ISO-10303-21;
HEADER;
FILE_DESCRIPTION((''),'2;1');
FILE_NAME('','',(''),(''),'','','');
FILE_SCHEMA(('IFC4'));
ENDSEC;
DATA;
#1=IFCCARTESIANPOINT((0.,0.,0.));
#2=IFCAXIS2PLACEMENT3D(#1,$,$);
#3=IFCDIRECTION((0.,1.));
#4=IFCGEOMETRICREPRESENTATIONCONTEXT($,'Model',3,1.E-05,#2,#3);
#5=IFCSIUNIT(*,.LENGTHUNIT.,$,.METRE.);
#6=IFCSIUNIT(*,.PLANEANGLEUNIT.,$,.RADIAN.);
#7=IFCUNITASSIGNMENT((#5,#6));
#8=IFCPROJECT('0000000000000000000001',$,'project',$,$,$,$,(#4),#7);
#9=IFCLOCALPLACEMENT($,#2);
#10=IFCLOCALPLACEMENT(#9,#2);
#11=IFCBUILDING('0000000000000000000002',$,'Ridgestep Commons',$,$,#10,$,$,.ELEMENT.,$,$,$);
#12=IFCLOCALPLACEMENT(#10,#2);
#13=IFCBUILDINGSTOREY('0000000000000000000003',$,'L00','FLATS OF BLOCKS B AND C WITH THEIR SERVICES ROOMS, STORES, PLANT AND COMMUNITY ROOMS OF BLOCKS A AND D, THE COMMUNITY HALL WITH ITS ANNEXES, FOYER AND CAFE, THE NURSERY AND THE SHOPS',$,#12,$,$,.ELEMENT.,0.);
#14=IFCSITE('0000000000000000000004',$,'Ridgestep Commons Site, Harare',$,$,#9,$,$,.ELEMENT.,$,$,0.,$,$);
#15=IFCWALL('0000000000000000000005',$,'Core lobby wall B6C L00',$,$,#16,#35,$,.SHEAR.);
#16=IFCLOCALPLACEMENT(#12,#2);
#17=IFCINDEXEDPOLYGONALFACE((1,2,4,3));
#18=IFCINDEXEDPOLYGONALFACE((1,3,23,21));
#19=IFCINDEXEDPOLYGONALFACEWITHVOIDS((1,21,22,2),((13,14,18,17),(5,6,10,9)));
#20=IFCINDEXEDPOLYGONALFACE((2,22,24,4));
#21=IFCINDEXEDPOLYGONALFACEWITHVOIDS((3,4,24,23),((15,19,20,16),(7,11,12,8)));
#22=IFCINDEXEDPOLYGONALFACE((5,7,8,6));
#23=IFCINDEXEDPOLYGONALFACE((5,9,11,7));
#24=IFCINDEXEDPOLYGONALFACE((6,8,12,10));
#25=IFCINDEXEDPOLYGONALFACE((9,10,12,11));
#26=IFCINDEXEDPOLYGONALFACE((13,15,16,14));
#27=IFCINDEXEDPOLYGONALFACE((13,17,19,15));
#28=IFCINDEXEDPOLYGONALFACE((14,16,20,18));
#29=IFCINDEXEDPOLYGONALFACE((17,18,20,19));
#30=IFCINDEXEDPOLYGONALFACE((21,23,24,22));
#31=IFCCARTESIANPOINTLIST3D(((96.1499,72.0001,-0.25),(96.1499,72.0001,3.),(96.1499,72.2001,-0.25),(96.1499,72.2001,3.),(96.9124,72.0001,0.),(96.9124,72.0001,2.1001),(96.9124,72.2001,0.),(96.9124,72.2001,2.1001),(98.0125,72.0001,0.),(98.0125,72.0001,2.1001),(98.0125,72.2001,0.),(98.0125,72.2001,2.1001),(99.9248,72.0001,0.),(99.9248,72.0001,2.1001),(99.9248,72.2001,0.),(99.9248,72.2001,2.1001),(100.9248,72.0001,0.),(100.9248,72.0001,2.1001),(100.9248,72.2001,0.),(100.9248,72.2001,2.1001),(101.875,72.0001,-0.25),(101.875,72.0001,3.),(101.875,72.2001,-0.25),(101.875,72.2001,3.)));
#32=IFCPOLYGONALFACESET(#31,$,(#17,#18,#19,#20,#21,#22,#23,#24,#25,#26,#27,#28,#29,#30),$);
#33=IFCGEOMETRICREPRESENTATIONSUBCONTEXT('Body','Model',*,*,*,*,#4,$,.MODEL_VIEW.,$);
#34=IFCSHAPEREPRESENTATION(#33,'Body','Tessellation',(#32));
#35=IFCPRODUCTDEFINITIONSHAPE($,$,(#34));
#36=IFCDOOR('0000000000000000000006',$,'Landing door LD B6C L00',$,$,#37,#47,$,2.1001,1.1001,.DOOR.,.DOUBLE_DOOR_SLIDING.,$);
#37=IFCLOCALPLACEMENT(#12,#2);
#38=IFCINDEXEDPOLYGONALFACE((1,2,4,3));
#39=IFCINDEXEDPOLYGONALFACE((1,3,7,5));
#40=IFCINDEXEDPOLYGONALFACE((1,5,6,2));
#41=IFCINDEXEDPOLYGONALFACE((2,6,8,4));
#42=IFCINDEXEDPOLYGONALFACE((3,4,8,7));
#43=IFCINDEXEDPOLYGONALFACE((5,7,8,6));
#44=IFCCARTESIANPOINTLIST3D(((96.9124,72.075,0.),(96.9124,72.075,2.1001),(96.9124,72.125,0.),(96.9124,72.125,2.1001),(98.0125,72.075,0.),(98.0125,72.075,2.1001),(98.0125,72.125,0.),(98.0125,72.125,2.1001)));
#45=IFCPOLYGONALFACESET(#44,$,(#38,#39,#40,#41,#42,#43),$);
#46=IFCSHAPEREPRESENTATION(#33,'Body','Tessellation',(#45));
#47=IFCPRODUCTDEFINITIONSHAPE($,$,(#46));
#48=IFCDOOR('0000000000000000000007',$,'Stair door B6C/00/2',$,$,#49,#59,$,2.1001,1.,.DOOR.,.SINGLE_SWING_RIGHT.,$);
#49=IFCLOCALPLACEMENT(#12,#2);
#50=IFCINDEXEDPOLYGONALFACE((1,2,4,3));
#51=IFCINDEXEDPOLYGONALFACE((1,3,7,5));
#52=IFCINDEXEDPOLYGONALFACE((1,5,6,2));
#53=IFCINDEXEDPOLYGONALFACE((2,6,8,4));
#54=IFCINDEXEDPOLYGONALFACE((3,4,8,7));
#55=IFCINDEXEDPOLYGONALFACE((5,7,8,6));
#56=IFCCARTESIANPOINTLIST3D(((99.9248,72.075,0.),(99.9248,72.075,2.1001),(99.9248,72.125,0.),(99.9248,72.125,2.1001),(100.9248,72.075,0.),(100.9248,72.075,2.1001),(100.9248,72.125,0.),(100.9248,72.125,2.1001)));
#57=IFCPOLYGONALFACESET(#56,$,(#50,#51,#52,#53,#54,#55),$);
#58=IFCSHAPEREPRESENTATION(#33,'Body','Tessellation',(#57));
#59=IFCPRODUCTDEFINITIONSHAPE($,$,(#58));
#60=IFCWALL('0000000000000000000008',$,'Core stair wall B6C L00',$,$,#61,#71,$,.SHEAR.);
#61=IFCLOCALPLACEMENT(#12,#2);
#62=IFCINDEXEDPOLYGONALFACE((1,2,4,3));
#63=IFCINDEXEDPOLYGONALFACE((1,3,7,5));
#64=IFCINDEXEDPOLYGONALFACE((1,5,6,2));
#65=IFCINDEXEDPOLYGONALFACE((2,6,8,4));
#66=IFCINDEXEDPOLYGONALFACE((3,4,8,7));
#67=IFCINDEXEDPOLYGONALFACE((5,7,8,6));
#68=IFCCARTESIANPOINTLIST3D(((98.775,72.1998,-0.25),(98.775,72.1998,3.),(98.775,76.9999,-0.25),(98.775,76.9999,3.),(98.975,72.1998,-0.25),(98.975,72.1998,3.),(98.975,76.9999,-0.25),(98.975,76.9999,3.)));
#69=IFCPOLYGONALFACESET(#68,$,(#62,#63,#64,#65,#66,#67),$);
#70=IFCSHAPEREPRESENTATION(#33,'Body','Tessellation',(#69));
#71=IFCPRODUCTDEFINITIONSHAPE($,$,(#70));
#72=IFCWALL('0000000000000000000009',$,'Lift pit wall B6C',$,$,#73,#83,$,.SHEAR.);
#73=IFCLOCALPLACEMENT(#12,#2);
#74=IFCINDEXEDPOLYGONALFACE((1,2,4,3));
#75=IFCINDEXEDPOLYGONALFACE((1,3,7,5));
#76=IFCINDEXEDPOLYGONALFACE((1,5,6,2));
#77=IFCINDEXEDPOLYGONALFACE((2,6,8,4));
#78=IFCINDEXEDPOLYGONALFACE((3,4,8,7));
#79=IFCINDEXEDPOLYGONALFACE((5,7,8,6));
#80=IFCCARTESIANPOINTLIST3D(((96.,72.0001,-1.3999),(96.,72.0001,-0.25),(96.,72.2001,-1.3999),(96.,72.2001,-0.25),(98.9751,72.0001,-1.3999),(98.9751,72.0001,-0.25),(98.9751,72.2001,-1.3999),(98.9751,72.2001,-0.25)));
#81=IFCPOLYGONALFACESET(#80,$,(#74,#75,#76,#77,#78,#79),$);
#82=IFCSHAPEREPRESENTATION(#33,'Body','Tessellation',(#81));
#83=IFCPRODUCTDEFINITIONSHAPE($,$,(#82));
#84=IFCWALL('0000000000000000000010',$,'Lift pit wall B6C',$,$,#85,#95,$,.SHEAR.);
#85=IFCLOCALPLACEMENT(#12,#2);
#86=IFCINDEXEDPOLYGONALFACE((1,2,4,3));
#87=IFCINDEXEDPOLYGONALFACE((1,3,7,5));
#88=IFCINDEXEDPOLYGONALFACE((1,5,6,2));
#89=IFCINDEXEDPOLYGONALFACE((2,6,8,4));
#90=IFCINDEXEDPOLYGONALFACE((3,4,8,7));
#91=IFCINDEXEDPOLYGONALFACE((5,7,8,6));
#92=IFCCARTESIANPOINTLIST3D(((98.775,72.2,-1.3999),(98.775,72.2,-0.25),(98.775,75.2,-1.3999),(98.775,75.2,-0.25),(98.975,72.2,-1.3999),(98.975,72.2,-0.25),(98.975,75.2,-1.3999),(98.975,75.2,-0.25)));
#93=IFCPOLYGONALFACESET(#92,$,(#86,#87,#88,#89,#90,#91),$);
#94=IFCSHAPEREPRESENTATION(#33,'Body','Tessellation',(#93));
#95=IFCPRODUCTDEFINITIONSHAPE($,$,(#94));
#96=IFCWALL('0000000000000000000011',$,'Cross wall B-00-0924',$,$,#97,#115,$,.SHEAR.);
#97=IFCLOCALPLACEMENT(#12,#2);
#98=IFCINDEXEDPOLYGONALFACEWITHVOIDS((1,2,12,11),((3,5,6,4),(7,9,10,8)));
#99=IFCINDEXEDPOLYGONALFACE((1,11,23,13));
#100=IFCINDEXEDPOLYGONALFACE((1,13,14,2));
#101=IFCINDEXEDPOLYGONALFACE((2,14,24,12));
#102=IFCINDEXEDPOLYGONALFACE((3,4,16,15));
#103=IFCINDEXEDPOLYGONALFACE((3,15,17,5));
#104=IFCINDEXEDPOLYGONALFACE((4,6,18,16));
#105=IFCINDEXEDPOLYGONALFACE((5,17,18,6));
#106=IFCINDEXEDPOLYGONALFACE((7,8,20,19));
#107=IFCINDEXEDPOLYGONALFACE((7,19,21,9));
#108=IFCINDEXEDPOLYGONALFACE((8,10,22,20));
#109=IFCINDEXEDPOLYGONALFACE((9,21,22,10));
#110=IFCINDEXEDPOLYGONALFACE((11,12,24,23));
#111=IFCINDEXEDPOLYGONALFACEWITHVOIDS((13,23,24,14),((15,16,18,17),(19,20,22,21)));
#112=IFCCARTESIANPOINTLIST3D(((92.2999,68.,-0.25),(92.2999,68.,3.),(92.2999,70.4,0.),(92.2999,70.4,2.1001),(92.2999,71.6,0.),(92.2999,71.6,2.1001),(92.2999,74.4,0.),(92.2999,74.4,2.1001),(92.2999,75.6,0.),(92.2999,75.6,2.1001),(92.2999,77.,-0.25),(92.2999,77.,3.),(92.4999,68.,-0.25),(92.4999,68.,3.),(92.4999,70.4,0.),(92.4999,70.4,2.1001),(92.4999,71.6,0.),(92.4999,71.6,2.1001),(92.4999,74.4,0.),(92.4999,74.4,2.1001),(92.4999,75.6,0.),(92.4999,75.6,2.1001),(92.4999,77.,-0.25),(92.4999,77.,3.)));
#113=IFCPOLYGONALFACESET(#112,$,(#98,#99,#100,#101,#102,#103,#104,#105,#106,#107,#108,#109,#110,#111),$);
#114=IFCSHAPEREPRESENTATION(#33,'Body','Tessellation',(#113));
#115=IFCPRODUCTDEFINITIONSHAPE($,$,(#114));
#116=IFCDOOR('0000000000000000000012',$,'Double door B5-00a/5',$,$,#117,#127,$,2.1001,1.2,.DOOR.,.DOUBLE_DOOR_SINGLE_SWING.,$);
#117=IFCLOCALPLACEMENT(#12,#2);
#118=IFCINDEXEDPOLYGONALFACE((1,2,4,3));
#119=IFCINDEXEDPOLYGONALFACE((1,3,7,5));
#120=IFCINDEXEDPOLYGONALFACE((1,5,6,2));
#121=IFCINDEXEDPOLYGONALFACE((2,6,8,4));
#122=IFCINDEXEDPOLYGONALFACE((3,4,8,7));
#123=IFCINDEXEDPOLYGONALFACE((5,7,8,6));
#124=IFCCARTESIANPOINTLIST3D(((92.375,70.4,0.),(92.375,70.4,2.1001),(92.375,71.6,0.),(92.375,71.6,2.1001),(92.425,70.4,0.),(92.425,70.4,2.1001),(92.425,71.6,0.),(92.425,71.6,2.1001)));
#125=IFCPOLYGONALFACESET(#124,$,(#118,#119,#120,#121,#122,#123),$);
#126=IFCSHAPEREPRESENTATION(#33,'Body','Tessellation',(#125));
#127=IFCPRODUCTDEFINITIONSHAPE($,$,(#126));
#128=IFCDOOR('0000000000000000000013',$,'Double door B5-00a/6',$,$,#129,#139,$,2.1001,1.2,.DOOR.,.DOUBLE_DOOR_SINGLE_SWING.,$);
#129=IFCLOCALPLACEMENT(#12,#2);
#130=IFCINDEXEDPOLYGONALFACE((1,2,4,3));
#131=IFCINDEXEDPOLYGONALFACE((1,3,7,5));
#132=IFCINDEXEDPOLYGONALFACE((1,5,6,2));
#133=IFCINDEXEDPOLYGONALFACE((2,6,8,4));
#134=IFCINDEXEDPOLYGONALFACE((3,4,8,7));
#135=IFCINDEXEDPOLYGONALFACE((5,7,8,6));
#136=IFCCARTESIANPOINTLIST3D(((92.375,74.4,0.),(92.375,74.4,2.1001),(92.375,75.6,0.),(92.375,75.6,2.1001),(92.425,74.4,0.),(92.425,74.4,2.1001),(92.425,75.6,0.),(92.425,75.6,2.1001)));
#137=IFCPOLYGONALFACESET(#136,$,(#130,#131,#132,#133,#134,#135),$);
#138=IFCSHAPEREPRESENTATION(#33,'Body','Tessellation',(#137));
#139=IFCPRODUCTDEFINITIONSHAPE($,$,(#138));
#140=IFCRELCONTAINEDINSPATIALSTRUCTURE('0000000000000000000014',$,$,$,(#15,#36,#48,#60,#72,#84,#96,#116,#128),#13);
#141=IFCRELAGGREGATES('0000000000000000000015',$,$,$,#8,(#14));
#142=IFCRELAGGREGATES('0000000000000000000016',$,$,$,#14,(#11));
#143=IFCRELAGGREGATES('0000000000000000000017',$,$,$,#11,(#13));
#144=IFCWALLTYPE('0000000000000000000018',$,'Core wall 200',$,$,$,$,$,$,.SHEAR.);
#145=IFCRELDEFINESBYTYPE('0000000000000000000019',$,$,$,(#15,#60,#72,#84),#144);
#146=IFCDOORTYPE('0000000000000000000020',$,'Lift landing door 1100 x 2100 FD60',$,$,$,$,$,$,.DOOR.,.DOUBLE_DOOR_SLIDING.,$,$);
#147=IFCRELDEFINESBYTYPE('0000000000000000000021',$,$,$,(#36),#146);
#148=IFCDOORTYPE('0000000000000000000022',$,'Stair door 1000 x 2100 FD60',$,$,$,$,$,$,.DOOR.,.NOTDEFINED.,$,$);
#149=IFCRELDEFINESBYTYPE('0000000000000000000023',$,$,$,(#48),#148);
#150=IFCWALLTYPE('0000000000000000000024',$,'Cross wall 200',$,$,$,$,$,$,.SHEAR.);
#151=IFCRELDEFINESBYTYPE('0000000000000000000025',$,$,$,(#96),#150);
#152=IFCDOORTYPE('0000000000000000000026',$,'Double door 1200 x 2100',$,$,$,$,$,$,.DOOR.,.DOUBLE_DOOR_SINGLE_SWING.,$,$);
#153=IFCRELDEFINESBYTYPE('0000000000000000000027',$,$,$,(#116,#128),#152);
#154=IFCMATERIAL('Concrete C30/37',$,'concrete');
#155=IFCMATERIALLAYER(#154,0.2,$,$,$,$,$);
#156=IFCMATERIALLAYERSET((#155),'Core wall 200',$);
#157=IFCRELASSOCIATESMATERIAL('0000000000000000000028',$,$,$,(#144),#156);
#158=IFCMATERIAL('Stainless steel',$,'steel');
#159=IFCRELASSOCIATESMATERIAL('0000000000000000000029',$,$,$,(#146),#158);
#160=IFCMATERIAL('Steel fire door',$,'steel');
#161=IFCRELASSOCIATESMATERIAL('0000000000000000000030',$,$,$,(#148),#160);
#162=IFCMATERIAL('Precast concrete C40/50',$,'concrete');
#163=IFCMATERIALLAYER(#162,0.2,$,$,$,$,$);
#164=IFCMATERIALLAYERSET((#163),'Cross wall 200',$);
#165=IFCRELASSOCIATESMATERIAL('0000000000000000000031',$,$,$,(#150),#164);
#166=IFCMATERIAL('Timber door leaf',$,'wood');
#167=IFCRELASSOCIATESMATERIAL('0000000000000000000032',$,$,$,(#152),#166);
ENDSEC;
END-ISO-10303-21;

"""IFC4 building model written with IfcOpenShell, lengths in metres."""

from ifc_helpers import new_model, si_unit, direction, frame, frame_2d, origin, place, context, subcontext, project, spatial, rectangle, extrude, material, layer, layer_set, type_object, element, fill, save


model = new_model("IFC4")

# Units and contexts
model_context = context("Model", 3, precision=1e-05, world=origin(), true_north=direction((0.0, 1.0)))
body_context = subcontext(model_context, "Body", "Model", "MODEL_VIEW")
ifc_project = project(units=[si_unit("LENGTHUNIT", "METRE"), si_unit("PLANEANGLEUNIT", "RADIAN")], contexts=[model_context])

# Site, building, storey
site_placement = place(None, origin())
site = spatial("IfcSite", under=ifc_project, at=site_placement, Name="Ridgestep Commons Site, Harare", CompositionType="ELEMENT", RefElevation=0.0)
building_placement = place(site_placement, origin())
building = spatial("IfcBuilding", under=site, at=building_placement, Name="Ridgestep Commons", CompositionType="ELEMENT")
storey_placement = place(building_placement, origin())
storey = spatial("IfcBuildingStorey", under=building, at=storey_placement, Name="L00", Description="FLATS OF BLOCKS B AND C WITH THEIR SERVICES ROOMS, STORES, PLANT AND COMMUNITY ROOMS OF BLOCKS A AND D, THE COMMUNITY HALL WITH ITS ANNEXES, FOYER AND CAFE, THE NURSERY AND THE SHOPS", CompositionType="ELEMENT", Elevation=0.0)

# Wall, openings, doors
ifc_material_1 = material(Name="Concrete C30/37", Category="concrete")
ifc_layer_1 = layer(ifc_material_1, 0.2)
ifc_layer_set_1 = layer_set([ifc_layer_1], Name="Core wall 200")
wall_type_1 = type_object("IfcWallType", Name="Core wall 200", PredefinedType="SHEAR", material=ifc_layer_set_1)
wall_1_placement = place(storey_placement, frame((96.1499, 72.1001, -0.25), z_axis=(0.0, 0.0, 1.0), x_axis=(1.0, 0.0, 0.0)))
wall_1 = element("IfcWall", 1, at=wall_1_placement, inside=storey, type_object=wall_type_1, Name="Core lobby wall B6C L00", PredefinedType="SHEAR", context=body_context, shape_type="SweptSolid", body=[
    extrude(rectangle(XDim=5.7251, YDim=0.2, at=frame_2d((2.8625, 0.0))), origin(), (0.0, 0.0, 1.0), 3.25),
])
opening_1_placement = place(wall_1_placement, frame((3.7749, 0.0, 0.25)))
opening_1 = element("IfcOpeningElement", 2, at=opening_1_placement, cuts=wall_1, PredefinedType="OPENING", context=body_context, shape_type="SweptSolid", body=[
    extrude(rectangle(XDim=1.0, YDim=2.1001, at=frame_2d((0.5, 1.05))), frame((0.0, 0.1099, 0.0), z_axis=(0.0, -1.0, 0.0), x_axis=(1.0, 0.0, 0.0)), (0.0, 0.0, 1.0), 0.22),
])
opening_2_placement = place(wall_1_placement, frame((0.7625, 0.0, 0.25)))
opening_2 = element("IfcOpeningElement", 3, at=opening_2_placement, cuts=wall_1, PredefinedType="OPENING", context=body_context, shape_type="SweptSolid", body=[
    extrude(rectangle(XDim=1.1001, YDim=2.1001, at=frame_2d((0.55, 1.05))), frame((0.0, 0.1099, 0.0), z_axis=(0.0, -1.0, 0.0), x_axis=(1.0, 0.0, 0.0)), (0.0, 0.0, 1.0), 0.22),
])
ifc_material_2 = material(Name="Stainless steel", Category="steel")
door_type_1 = type_object("IfcDoorType", Name="Lift landing door 1100 x 2100 FD60", OperationType="DOUBLE_DOOR_SLIDING", PredefinedType="DOOR", material=ifc_material_2)
door_1_placement = place(opening_2_placement, origin())
door_1 = element("IfcDoor", 4, at=door_1_placement, inside=storey, type_object=door_type_1, Name="Landing door LD B6C L00", OperationType="DOUBLE_DOOR_SLIDING", OverallHeight=2.1001, OverallWidth=1.1001, PredefinedType="DOOR", context=body_context, shape_type="SweptSolid", body=[
    extrude(rectangle(XDim=1.1001, YDim=2.1001, at=frame_2d((0.55, 1.05))), frame((0.0, 0.0249, 0.0), z_axis=(0.0, -1.0, 0.0), x_axis=(1.0, 0.0, 0.0)), (0.0, 0.0, 1.0), 0.05),
])
fill(opening_2, door_1)
ifc_material_3 = material(Name="Steel fire door", Category="steel")
door_type_2 = type_object("IfcDoorType", Name="Stair door 1000 x 2100 FD60", OperationType="NOTDEFINED", PredefinedType="DOOR", material=ifc_material_3)
door_2_placement = place(opening_1_placement, origin())
door_2 = element("IfcDoor", 5, at=door_2_placement, inside=storey, type_object=door_type_2, Name="Stair door B6C/00/2", OperationType="SINGLE_SWING_RIGHT", OverallHeight=2.1001, OverallWidth=1.0, PredefinedType="DOOR", context=body_context, shape_type="SweptSolid", body=[
    extrude(rectangle(XDim=1.0, YDim=2.1001, at=frame_2d((0.5, 1.05))), frame((0.0, 0.0249, 0.0), z_axis=(0.0, -1.0, 0.0), x_axis=(1.0, 0.0, 0.0)), (0.0, 0.0, 1.0), 0.05),
])
fill(opening_1, door_2)

# Walls
wall_2_placement = place(storey_placement, frame((98.875, 72.2, -0.25), z_axis=(0.0, 0.0, 1.0), x_axis=(0.0, 1.0, 0.0)))
element("IfcWall", 6, at=wall_2_placement, inside=storey, type_object=wall_type_1, Name="Core stair wall B6C L00", PredefinedType="SHEAR", context=body_context, shape_type="SweptSolid", body=[
    extrude(rectangle(XDim=4.8, YDim=0.2, at=frame_2d((2.3999, 0.0))), origin(), (0.0, 0.0, 1.0), 3.25),
])
wall_3_placement = place(storey_placement, frame((96.0, 72.1001, -1.3999), z_axis=(0.0, 0.0, 1.0), x_axis=(1.0, 0.0, 0.0)))
element("IfcWall", 7, at=wall_3_placement, inside=storey, type_object=wall_type_1, Name="Lift pit wall B6C", PredefinedType="SHEAR", context=body_context, shape_type="SweptSolid", body=[
    extrude(rectangle(XDim=2.9751, YDim=0.2, at=frame_2d((1.4875, 0.0))), origin(), (0.0, 0.0, 1.0), 1.1499),
])
wall_4_placement = place(storey_placement, frame((98.875, 72.2, -1.3999), z_axis=(0.0, 0.0, 1.0), x_axis=(0.0, 1.0, 0.0)))
element("IfcWall", 8, at=wall_4_placement, inside=storey, type_object=wall_type_1, Name="Lift pit wall B6C", PredefinedType="SHEAR", context=body_context, shape_type="SweptSolid", body=[
    extrude(rectangle(XDim=3.0, YDim=0.2, at=frame_2d((1.5, 0.0))), origin(), (0.0, 0.0, 1.0), 1.1499),
])

# Wall, openings, doors
ifc_material_4 = material(Name="Precast concrete C40/50", Category="concrete")
ifc_layer_2 = layer(ifc_material_4, 0.2)
ifc_layer_set_2 = layer_set([ifc_layer_2], Name="Cross wall 200")
wall_type_2 = type_object("IfcWallType", Name="Cross wall 200", PredefinedType="SHEAR", material=ifc_layer_set_2)
wall_5_placement = place(storey_placement, frame((92.3999, 68.0, -0.25), z_axis=(0.0, 0.0, 1.0), x_axis=(0.0, 1.0, 0.0)))
wall_5 = element("IfcWall", 9, at=wall_5_placement, inside=storey, type_object=wall_type_2, Name="Cross wall B-00-0924", PredefinedType="SHEAR", context=body_context, shape_type="SweptSolid", body=[
    extrude(rectangle(XDim=9.0, YDim=0.2, at=frame_2d((4.5, 0.0))), origin(), (0.0, 0.0, 1.0), 3.25),
])
opening_3_placement = place(wall_5_placement, frame((2.3999, 0.0, 0.25)))
opening_3 = element("IfcOpeningElement", 10, at=opening_3_placement, cuts=wall_5, PredefinedType="OPENING", context=body_context, shape_type="SweptSolid", body=[
    extrude(rectangle(XDim=1.2, YDim=2.1001, at=frame_2d((0.6001, 1.05))), frame((0.0, 0.1099, 0.0), z_axis=(0.0, -1.0, 0.0), x_axis=(1.0, 0.0, 0.0)), (0.0, 0.0, 1.0), 0.22),
])
opening_4_placement = place(wall_5_placement, frame((6.3999, 0.0, 0.25)))
opening_4 = element("IfcOpeningElement", 11, at=opening_4_placement, cuts=wall_5, PredefinedType="OPENING", context=body_context, shape_type="SweptSolid", body=[
    extrude(rectangle(XDim=1.2, YDim=2.1001, at=frame_2d((0.6001, 1.05))), frame((0.0, 0.1099, 0.0), z_axis=(0.0, -1.0, 0.0), x_axis=(1.0, 0.0, 0.0)), (0.0, 0.0, 1.0), 0.22),
])
ifc_material_5 = material(Name="Timber door leaf", Category="wood")
door_type_3 = type_object("IfcDoorType", Name="Double door 1200 x 2100", OperationType="DOUBLE_DOOR_SINGLE_SWING", PredefinedType="DOOR", material=ifc_material_5)
door_3_placement = place(opening_3_placement, origin())
door_3 = element("IfcDoor", 12, at=door_3_placement, inside=storey, type_object=door_type_3, Name="Double door B5-00a/5", OperationType="DOUBLE_DOOR_SINGLE_SWING", OverallHeight=2.1001, OverallWidth=1.2, PredefinedType="DOOR", context=body_context, shape_type="SweptSolid", body=[
    extrude(rectangle(XDim=1.2, YDim=2.1001, at=frame_2d((0.6001, 1.05))), frame((0.0, 0.0249, 0.0), z_axis=(0.0, -1.0, 0.0), x_axis=(1.0, 0.0, 0.0)), (0.0, 0.0, 1.0), 0.05),
])
fill(opening_3, door_3)
door_4_placement = place(opening_4_placement, origin())
door_4 = element("IfcDoor", 13, at=door_4_placement, inside=storey, type_object=door_type_3, Name="Double door B5-00a/6", OperationType="DOUBLE_DOOR_SINGLE_SWING", OverallHeight=2.1001, OverallWidth=1.2, PredefinedType="DOOR", context=body_context, shape_type="SweptSolid", body=[
    extrude(rectangle(XDim=1.2, YDim=2.1001, at=frame_2d((0.6001, 1.05))), frame((0.0, 0.0249, 0.0), z_axis=(0.0, -1.0, 0.0), x_axis=(1.0, 0.0, 0.0)), (0.0, 0.0, 1.0), 0.05),
])
fill(opening_4, door_4)

save(model, "model.ifc")
